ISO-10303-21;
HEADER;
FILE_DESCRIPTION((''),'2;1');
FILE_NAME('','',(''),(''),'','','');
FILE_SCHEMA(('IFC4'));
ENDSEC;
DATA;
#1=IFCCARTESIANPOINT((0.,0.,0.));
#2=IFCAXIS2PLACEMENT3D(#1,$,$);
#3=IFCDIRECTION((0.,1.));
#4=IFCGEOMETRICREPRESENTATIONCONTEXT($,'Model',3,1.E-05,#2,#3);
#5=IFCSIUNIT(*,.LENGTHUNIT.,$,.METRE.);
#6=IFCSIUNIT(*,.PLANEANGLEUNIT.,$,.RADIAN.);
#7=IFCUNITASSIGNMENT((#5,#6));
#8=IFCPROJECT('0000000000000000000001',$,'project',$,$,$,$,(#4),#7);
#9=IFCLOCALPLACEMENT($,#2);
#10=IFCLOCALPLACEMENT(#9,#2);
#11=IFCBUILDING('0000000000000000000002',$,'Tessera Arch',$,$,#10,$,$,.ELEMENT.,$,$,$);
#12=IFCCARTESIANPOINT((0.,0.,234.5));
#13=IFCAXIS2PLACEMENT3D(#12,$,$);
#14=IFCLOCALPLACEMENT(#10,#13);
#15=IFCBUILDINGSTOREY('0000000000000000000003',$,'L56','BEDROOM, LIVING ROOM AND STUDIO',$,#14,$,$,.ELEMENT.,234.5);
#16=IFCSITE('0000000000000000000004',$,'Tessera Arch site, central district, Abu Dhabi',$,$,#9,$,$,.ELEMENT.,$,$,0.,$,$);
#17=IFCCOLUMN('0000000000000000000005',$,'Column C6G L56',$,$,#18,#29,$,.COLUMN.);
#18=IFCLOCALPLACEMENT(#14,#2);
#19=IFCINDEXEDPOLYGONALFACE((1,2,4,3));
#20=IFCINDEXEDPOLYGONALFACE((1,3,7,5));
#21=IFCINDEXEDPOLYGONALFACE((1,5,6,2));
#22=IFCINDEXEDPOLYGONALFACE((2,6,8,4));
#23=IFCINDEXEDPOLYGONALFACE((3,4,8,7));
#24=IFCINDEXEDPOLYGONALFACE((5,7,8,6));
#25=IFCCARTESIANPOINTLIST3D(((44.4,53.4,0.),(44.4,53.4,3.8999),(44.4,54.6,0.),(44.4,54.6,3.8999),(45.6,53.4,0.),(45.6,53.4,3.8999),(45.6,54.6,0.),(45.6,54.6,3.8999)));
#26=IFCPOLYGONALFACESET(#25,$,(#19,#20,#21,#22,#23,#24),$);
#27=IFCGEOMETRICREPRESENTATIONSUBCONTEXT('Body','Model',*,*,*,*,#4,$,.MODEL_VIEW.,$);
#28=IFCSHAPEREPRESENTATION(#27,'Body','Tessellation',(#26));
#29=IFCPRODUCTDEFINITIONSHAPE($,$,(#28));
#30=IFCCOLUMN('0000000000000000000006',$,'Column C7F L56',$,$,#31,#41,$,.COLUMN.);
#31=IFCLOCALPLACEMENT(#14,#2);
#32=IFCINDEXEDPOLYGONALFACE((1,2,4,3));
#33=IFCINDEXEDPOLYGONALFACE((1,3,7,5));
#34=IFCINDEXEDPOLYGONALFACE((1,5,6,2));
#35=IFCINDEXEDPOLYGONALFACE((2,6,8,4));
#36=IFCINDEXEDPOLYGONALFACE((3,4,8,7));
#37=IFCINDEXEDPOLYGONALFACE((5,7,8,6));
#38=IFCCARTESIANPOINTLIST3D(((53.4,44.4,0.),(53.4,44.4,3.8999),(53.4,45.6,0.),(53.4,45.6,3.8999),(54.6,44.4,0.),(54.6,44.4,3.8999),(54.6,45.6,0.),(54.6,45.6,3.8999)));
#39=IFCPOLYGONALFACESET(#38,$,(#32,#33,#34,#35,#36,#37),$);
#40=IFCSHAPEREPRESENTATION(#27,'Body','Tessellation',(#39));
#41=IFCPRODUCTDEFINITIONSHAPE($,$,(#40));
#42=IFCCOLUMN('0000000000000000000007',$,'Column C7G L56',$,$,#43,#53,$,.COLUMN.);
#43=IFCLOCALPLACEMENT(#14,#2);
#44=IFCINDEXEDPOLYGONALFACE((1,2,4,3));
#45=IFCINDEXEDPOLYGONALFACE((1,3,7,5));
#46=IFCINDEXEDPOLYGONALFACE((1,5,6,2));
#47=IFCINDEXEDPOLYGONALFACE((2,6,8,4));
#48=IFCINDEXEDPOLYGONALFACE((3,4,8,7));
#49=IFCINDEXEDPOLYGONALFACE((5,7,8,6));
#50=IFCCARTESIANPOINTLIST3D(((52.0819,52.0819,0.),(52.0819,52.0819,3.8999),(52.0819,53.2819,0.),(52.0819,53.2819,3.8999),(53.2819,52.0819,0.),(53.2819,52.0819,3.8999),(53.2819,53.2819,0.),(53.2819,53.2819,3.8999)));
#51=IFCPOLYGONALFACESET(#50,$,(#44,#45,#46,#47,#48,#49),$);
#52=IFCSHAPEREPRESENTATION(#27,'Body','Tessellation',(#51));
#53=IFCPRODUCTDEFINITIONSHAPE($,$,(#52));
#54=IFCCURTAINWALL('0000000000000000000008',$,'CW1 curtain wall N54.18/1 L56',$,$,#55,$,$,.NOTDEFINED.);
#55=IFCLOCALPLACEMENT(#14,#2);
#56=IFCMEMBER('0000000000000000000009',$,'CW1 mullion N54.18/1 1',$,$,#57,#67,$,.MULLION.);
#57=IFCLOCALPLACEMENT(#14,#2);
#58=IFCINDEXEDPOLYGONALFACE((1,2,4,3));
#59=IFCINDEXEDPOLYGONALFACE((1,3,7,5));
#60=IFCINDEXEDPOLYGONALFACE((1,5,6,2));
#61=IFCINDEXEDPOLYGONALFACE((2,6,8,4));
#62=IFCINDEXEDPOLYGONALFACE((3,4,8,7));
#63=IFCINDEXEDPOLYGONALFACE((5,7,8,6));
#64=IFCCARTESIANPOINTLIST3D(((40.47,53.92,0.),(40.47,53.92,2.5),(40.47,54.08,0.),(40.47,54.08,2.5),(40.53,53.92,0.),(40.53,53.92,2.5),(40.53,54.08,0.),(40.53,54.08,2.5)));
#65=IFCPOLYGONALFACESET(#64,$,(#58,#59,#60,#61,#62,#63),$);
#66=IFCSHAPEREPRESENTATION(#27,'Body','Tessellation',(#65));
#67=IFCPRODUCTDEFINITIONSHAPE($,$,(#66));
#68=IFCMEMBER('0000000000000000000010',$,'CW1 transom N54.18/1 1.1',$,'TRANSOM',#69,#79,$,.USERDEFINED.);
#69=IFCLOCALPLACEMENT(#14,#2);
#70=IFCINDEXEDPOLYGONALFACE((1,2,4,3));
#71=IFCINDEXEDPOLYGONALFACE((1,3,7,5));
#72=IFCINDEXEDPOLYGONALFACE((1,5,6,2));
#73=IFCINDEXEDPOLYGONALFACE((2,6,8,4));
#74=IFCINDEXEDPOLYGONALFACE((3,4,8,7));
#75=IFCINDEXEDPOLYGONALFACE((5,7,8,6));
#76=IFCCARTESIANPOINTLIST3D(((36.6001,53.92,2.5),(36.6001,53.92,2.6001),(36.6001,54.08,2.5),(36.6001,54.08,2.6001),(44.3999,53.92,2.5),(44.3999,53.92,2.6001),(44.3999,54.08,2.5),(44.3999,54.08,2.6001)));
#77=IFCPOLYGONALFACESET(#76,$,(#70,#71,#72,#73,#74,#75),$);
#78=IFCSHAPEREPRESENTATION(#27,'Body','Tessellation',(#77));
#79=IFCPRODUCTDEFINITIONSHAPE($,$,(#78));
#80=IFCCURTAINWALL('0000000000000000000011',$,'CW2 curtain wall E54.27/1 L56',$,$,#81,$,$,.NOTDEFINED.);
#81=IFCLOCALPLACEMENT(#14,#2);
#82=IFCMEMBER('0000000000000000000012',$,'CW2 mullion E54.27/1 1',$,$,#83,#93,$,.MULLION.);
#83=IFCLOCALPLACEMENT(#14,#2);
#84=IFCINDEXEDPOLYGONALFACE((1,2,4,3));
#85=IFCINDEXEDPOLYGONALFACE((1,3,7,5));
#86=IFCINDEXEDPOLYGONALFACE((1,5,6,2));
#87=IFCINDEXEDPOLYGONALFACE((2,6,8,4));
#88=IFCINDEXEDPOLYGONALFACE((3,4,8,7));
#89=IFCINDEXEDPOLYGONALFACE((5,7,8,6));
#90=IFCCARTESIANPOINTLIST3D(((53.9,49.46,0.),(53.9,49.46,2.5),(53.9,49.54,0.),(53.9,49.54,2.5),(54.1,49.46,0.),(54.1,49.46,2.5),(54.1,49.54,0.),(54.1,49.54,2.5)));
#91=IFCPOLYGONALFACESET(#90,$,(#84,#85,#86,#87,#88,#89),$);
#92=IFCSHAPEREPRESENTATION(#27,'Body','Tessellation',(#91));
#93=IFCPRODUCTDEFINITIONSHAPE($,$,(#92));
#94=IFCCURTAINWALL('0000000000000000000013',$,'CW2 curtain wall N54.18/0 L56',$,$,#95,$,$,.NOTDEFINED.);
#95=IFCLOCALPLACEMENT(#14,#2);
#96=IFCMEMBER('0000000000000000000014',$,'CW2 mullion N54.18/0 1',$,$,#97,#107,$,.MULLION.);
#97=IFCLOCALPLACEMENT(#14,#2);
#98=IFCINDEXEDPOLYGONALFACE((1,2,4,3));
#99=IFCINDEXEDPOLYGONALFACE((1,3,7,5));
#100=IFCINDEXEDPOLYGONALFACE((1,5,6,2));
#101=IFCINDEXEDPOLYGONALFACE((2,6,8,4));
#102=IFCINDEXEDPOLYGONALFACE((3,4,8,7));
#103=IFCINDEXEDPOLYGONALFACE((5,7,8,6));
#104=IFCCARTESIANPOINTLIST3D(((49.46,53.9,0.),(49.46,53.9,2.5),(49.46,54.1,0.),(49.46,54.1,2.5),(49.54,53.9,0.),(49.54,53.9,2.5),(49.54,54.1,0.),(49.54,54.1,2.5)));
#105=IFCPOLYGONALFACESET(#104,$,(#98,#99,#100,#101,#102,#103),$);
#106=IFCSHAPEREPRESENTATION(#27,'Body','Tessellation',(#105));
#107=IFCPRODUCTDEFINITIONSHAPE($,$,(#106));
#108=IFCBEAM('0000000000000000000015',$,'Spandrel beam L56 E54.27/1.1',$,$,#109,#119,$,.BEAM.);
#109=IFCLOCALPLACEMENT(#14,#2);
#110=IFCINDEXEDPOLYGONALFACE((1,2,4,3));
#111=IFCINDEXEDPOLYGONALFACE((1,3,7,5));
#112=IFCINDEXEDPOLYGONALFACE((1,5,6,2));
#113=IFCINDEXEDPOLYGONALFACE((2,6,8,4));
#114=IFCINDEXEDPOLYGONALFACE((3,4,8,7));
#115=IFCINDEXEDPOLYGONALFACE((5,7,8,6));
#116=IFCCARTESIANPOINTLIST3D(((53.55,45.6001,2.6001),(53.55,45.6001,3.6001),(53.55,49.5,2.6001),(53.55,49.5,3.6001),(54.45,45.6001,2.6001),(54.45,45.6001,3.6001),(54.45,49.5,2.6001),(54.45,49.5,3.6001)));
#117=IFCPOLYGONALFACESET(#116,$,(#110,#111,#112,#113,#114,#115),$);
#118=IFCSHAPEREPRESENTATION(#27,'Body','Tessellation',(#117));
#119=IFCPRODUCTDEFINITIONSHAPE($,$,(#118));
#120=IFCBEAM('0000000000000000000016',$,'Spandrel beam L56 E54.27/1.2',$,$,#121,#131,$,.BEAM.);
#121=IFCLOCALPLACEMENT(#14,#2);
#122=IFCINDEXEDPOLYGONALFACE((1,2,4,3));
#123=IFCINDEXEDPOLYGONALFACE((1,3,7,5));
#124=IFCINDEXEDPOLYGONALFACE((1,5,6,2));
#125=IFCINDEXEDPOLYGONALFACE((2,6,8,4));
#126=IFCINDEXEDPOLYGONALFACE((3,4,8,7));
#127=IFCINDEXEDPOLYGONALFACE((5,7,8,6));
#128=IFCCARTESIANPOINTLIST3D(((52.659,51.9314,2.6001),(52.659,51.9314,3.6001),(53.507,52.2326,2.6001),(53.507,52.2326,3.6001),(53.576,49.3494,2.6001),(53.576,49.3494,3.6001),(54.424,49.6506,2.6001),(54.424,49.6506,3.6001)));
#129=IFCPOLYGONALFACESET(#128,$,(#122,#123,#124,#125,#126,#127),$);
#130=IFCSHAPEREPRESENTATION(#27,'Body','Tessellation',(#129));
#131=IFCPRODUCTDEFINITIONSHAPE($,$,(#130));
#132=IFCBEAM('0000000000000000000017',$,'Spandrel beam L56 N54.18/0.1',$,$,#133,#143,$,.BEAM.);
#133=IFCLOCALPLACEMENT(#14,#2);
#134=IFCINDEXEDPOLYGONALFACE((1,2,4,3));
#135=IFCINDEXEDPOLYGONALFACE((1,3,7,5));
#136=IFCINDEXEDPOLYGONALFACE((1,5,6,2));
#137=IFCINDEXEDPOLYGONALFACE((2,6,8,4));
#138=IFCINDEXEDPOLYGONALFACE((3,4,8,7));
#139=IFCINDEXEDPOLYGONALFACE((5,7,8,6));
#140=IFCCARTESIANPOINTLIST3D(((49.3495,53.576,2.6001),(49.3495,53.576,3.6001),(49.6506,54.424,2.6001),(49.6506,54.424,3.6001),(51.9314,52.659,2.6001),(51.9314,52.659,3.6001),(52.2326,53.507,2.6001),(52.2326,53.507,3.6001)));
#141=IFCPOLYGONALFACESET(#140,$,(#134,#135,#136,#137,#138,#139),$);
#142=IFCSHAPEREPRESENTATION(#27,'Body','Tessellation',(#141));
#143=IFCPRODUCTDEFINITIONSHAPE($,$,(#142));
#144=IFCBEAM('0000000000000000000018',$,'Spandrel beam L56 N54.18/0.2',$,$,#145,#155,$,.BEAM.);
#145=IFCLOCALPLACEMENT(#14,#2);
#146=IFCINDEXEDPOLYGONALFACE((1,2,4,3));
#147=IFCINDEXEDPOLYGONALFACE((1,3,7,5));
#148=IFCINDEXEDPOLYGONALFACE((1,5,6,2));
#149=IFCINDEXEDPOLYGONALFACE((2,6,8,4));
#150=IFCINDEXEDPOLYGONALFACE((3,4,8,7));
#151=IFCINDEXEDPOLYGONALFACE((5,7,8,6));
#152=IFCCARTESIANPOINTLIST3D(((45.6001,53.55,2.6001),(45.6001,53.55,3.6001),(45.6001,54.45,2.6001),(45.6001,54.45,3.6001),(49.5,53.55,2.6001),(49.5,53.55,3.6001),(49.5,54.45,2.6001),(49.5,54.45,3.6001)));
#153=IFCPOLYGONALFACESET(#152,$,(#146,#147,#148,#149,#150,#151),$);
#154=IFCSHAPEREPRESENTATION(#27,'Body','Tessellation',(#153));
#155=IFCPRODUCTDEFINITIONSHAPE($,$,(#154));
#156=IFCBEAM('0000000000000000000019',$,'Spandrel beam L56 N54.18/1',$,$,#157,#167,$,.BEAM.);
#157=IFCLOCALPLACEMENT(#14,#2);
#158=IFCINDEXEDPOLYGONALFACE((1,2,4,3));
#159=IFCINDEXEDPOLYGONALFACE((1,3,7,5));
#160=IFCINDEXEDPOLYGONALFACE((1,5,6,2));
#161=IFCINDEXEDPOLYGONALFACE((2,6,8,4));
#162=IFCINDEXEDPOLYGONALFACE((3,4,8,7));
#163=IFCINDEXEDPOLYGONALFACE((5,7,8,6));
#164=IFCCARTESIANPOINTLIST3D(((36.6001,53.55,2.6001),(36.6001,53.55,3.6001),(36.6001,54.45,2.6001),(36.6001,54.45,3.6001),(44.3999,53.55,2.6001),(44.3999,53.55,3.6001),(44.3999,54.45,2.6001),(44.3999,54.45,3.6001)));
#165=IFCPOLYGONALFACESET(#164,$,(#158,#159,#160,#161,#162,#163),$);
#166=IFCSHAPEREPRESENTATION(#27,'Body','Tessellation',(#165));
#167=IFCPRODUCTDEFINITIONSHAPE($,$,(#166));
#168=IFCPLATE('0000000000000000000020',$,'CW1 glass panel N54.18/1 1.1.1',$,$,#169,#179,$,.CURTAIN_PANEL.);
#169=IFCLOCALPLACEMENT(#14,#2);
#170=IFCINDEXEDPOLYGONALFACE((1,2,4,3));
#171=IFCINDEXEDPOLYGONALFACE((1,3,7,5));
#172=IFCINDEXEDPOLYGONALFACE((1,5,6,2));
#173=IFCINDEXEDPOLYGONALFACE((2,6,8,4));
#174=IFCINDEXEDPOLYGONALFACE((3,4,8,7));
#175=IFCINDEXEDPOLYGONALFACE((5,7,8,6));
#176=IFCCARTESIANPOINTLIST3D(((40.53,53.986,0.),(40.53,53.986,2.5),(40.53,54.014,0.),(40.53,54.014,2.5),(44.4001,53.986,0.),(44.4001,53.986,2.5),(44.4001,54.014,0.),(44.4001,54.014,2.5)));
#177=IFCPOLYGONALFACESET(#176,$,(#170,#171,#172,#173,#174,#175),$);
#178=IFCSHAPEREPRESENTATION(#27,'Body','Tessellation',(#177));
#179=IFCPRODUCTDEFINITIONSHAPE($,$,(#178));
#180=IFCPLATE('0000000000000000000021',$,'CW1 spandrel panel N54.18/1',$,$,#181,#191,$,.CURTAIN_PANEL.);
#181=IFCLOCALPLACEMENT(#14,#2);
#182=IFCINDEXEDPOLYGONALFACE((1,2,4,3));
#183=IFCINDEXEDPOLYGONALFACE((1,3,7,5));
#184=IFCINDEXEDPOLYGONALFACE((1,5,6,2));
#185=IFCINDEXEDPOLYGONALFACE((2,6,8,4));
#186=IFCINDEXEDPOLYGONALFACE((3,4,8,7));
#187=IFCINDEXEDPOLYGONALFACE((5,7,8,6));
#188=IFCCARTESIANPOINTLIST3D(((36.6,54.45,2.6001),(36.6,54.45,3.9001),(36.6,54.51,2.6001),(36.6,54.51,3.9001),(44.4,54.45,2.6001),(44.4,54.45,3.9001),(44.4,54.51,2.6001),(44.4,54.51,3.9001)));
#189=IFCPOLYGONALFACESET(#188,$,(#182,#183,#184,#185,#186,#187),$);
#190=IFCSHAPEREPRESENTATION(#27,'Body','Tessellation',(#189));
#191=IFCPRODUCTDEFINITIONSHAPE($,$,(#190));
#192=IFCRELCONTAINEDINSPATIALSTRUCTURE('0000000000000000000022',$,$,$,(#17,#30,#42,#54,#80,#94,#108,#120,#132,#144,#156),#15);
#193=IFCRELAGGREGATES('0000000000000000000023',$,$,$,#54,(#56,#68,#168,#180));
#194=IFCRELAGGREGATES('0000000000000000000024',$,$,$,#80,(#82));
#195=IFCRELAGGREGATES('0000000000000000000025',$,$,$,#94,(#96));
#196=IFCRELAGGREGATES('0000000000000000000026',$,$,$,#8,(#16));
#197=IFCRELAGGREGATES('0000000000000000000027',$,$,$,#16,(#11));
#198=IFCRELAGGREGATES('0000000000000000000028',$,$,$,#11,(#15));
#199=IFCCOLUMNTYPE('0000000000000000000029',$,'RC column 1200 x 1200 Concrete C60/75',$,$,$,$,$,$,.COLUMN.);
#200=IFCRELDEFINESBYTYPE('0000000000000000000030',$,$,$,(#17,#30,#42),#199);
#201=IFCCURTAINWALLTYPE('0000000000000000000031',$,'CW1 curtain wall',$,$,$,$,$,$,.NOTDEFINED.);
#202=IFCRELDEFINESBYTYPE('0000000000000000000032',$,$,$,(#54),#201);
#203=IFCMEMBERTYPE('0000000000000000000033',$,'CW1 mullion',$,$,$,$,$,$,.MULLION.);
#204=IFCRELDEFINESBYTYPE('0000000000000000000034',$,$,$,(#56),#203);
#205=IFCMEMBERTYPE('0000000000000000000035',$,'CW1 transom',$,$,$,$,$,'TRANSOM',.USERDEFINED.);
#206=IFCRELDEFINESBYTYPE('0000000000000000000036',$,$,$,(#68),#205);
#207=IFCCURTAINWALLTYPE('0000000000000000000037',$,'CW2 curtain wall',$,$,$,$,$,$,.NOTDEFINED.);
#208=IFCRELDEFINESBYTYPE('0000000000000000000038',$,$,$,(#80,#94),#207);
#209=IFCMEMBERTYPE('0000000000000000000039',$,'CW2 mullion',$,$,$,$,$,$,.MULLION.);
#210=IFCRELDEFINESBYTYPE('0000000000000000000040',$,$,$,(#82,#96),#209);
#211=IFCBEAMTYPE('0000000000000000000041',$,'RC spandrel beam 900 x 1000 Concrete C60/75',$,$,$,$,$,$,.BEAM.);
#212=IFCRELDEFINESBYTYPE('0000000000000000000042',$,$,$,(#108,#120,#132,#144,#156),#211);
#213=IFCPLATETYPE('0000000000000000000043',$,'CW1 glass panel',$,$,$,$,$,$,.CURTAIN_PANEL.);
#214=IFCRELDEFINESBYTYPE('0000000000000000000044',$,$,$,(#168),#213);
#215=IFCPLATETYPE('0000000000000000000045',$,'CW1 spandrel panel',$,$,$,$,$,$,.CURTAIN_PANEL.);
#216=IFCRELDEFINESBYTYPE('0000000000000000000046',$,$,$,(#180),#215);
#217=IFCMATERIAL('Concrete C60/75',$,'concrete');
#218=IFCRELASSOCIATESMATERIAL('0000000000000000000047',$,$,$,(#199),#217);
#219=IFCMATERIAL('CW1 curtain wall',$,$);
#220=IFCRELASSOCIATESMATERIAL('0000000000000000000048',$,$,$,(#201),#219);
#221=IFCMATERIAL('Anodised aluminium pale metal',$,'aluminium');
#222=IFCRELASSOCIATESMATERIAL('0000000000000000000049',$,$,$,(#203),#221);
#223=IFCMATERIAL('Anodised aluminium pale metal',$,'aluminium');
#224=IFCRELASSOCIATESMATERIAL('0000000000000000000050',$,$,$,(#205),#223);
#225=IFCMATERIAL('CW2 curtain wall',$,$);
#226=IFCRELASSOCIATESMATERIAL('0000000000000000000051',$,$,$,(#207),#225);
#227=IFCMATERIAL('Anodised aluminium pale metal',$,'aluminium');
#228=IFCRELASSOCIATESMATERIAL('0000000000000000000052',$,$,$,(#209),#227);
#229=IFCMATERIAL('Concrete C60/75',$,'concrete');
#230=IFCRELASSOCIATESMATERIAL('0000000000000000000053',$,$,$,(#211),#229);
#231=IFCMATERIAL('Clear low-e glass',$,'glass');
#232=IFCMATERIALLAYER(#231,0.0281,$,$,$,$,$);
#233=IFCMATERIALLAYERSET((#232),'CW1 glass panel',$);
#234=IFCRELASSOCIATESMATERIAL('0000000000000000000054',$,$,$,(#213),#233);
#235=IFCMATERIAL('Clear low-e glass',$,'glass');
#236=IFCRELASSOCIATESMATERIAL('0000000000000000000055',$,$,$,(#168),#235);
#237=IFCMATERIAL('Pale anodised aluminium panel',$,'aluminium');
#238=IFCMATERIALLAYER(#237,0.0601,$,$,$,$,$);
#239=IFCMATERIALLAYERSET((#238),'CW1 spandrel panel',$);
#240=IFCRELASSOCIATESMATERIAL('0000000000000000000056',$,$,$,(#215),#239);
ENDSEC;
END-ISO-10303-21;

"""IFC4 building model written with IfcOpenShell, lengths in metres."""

from ifc_helpers import new_model, si_unit, direction, frame, origin, origin_2d, place, context, subcontext, project, spatial, rectangle, extrude, material, layer, layer_set, material_profile, profile_set, type_object, element, aggregate, save


model = new_model("IFC4")

# Units and contexts
model_context = context("Model", 3, precision=1e-05, world=origin(), true_north=direction((0.0, 1.0)))
body_context = subcontext(model_context, "Body", "Model", "MODEL_VIEW")
ifc_project = project(units=[si_unit("LENGTHUNIT", "METRE"), si_unit("PLANEANGLEUNIT", "RADIAN")], contexts=[model_context])

# Site, building, storey
site_placement = place(None, origin())
site = spatial("IfcSite", under=ifc_project, at=site_placement, Name="Tessera Arch site, central district, Abu Dhabi", CompositionType="ELEMENT", RefElevation=0.0)
building_placement = place(site_placement, origin())
building = spatial("IfcBuilding", under=site, at=building_placement, Name="Tessera Arch", CompositionType="ELEMENT")
storey_placement = place(building_placement, frame((0.0, 0.0, 234.5)))
storey = spatial("IfcBuildingStorey", under=building, at=storey_placement, Name="L56", Description="BEDROOM, LIVING ROOM AND STUDIO", CompositionType="ELEMENT", Elevation=234.5)

# Columns
ifc_material_1 = material(Name="Concrete C60/75", Category="concrete")
ifc_material_profile_1 = material_profile(ifc_material_1, rectangle(XDim=1.2, YDim=1.2, at=origin_2d()), Name="RC column 1200 x 1200 Concrete C60/75")
ifc_profile_set_1 = profile_set([ifc_material_profile_1], Name="Concrete C60/75")
column_type = type_object("IfcColumnType", Name="RC column 1200 x 1200 Concrete C60/75", PredefinedType="COLUMN", material=ifc_profile_set_1)
for number, where, z_axis, x_axis, name in (
    (1, (45.0, 54.0, 0.0), (0.0, 0.0, 1.0), (1.0, 0.0, 0.0), "Column C6G L56"),
    (2, (54.0, 45.0, 0.0), (0.0, 0.0, 1.0), (1.0, 0.0, 0.0), "Column C7F L56"),
    (3, (52.6819, 52.6819, 0.0), (0.0, 0.0, 1.0), (1.0, 0.0, 0.0), "Column C7G L56"),
):
    element("IfcColumn", number, at=place(storey_placement, frame(where, z_axis=z_axis, x_axis=x_axis)), inside=storey, type_object=column_type, Name=name, PredefinedType="COLUMN", context=body_context, shape_type="SweptSolid", body=[
        extrude(rectangle(XDim=1.2, YDim=1.2, at=origin_2d()), origin(), (0.0, 0.0, 1.0), 3.8999),
    ])

# Curtain wall, members
ifc_material_2 = material(Name="CW1 curtain wall")
curtain_wall_type_1 = type_object("IfcCurtainWallType", Name="CW1 curtain wall", PredefinedType="NOTDEFINED", material=ifc_material_2)
curtain_wall_1_placement = place(storey_placement, origin())
curtain_wall_1 = element("IfcCurtainWall", 4, at=curtain_wall_1_placement, inside=storey, type_object=curtain_wall_type_1, Name="CW1 curtain wall N54.18/1 L56", PredefinedType="NOTDEFINED")
ifc_material_3 = material(Name="Anodised aluminium pale metal", Category="aluminium")
ifc_material_profile_2 = material_profile(ifc_material_3, rectangle(XDim=0.1599, YDim=0.0601, at=origin_2d()), Name="AL 60x160")
ifc_profile_set_2 = profile_set([ifc_material_profile_2], Name="Anodised aluminium pale metal")
member_type_1 = type_object("IfcMemberType", Name="CW1 mullion", PredefinedType="MULLION", material=ifc_profile_set_2)
member_1_placement = place(storey_placement, frame((40.5, 54.0, 0.0), z_axis=(0.0, 0.0, 1.0), x_axis=(0.0, -1.0, 0.0)))
member_1 = element("IfcMember", 5, at=member_1_placement, type_object=member_type_1, Name="CW1 mullion N54.18/1 1", PredefinedType="MULLION", context=body_context, shape_type="SweptSolid", body=[
    extrude(rectangle(XDim=0.1599, YDim=0.0601, at=origin_2d()), origin(), (0.0, 0.0, 1.0), 2.5),
])
ifc_material_4 = material(Name="Anodised aluminium pale metal", Category="aluminium")
ifc_material_profile_3 = material_profile(ifc_material_4, rectangle(XDim=0.1599, YDim=0.1001, at=origin_2d()), Name="AL 160x100")
ifc_profile_set_3 = profile_set([ifc_material_profile_3], Name="Anodised aluminium pale metal")
member_type_2 = type_object("IfcMemberType", Name="CW1 transom", ElementType="TRANSOM", PredefinedType="USERDEFINED", material=ifc_profile_set_3)
member_2_placement = place(storey_placement, frame((44.3999, 54.0, 2.55), z_axis=(-1.0, 0.0, 0.0), x_axis=(0.0, -1.0, 0.0)))
member_2 = element("IfcMember", 6, at=member_2_placement, type_object=member_type_2, Name="CW1 transom N54.18/1 1.1", ObjectType="TRANSOM", PredefinedType="USERDEFINED", context=body_context, shape_type="SweptSolid", body=[
    extrude(rectangle(XDim=0.1599, YDim=0.1001, at=origin_2d()), origin(), (0.0, 0.0, 1.0), 7.7998),
])

# Curtain walls, members
ifc_material_5 = material(Name="CW2 curtain wall")
curtain_wall_type_2 = type_object("IfcCurtainWallType", Name="CW2 curtain wall", PredefinedType="NOTDEFINED", material=ifc_material_5)
curtain_wall_2_placement = place(storey_placement, origin())
curtain_wall_2 = element("IfcCurtainWall", 7, at=curtain_wall_2_placement, inside=storey, type_object=curtain_wall_type_2, Name="CW2 curtain wall E54.27/1 L56", PredefinedType="NOTDEFINED")
ifc_material_6 = material(Name="Anodised aluminium pale metal", Category="aluminium")
ifc_material_profile_4 = material_profile(ifc_material_6, rectangle(XDim=0.2, YDim=0.0801, at=origin_2d()), Name="AL 80x200")
ifc_profile_set_4 = profile_set([ifc_material_profile_4], Name="Anodised aluminium pale metal")
member_type_3 = type_object("IfcMemberType", Name="CW2 mullion", PredefinedType="MULLION", material=ifc_profile_set_4)
member_3_placement = place(storey_placement, frame((54.0, 49.5, 0.0), z_axis=(0.0, 0.0, 1.0), x_axis=(-1.0, 0.0, 0.0)))
member_3 = element("IfcMember", 8, at=member_3_placement, type_object=member_type_3, Name="CW2 mullion E54.27/1 1", PredefinedType="MULLION", context=body_context, shape_type="SweptSolid", body=[
    extrude(rectangle(XDim=0.2, YDim=0.0801, at=origin_2d()), origin(), (0.0, 0.0, 1.0), 2.5),
])
curtain_wall_3_placement = place(storey_placement, origin())
curtain_wall_3 = element("IfcCurtainWall", 9, at=curtain_wall_3_placement, inside=storey, type_object=curtain_wall_type_2, Name="CW2 curtain wall N54.18/0 L56", PredefinedType="NOTDEFINED")
member_4_placement = place(storey_placement, frame((49.5, 54.0, 0.0), z_axis=(0.0, 0.0, 1.0), x_axis=(0.0, -1.0, 0.0)))
member_4 = element("IfcMember", 10, at=member_4_placement, type_object=member_type_3, Name="CW2 mullion N54.18/0 1", PredefinedType="MULLION", context=body_context, shape_type="SweptSolid", body=[
    extrude(rectangle(XDim=0.2, YDim=0.0801, at=origin_2d()), origin(), (0.0, 0.0, 1.0), 2.5),
])

# Beams
ifc_material_7 = material(Name="Concrete C60/75", Category="concrete")
ifc_material_profile_5 = material_profile(ifc_material_7, rectangle(XDim=0.8999, YDim=1.0, at=origin_2d()), Name="RC spandrel beam 900 x 1000 Concrete C60/75")
ifc_profile_set_5 = profile_set([ifc_material_profile_5], Name="Concrete C60/75")
beam_type = type_object("IfcBeamType", Name="RC spandrel beam 900 x 1000 Concrete C60/75", PredefinedType="BEAM", material=ifc_profile_set_5)
beam_1_placement = place(storey_placement, frame((54.0, 45.6001, 3.1001), z_axis=(0.0, 1.0, 0.0), x_axis=(-1.0, 0.0, 0.0)))
element("IfcBeam", 11, at=beam_1_placement, inside=storey, type_object=beam_type, Name="Spandrel beam L56 E54.27/1.1", PredefinedType="BEAM", context=body_context, shape_type="SweptSolid", body=[
    extrude(rectangle(XDim=0.8999, YDim=1.0, at=origin_2d()), origin(), (0.0, 0.0, 1.0), 3.8999),
])
for number, where, z_axis, x_axis, name in (
    (12, (54.0, 49.5, 3.1001), (-0.334665, 0.942337, 0.0), (-0.942337, -0.334665, 0.0), "Spandrel beam L56 E54.27/1.2"),
    (13, (52.082, 53.083, 3.1001), (-0.942337, 0.334665, 0.0), (-0.334665, -0.942337, 0.0), "Spandrel beam L56 N54.18/0.1"),
):
    element("IfcBeam", number, at=place(storey_placement, frame(where, z_axis=z_axis, x_axis=x_axis)), inside=storey, type_object=beam_type, Name=name, PredefinedType="BEAM", context=body_context, shape_type="SweptSolid", body=[
        extrude(rectangle(XDim=0.8999, YDim=1.0, at=origin_2d()), origin(), (0.0, 0.0, 1.0), 2.74),
    ])
beam_2_placement = place(storey_placement, frame((49.5, 54.0, 3.1001), z_axis=(-1.0, 0.0, 0.0), x_axis=(0.0, -1.0, 0.0)))
element("IfcBeam", 14, at=beam_2_placement, inside=storey, type_object=beam_type, Name="Spandrel beam L56 N54.18/0.2", PredefinedType="BEAM", context=body_context, shape_type="SweptSolid", body=[
    extrude(rectangle(XDim=0.8999, YDim=1.0, at=origin_2d()), origin(), (0.0, 0.0, 1.0), 3.8999),
])
beam_3_placement = place(storey_placement, frame((44.3999, 54.0, 3.1001), z_axis=(-1.0, 0.0, 0.0), x_axis=(0.0, -1.0, 0.0)))
element("IfcBeam", 15, at=beam_3_placement, inside=storey, type_object=beam_type, Name="Spandrel beam L56 N54.18/1", PredefinedType="BEAM", context=body_context, shape_type="SweptSolid", body=[
    extrude(rectangle(XDim=0.8999, YDim=1.0, at=origin_2d()), origin(), (0.0, 0.0, 1.0), 7.7998),
])

# Plates
ifc_material_8 = material(Name="Clear low-e glass", Category="glass")
ifc_material_9 = material(Name="Clear low-e glass", Category="glass")
ifc_layer_1 = layer(ifc_material_9, 0.0281)
ifc_layer_set_1 = layer_set([ifc_layer_1], Name="CW1 glass panel")
plate_type_1 = type_object("IfcPlateType", Name="CW1 glass panel", PredefinedType="CURTAIN_PANEL", material=ifc_layer_set_1)
plate_1_placement = place(storey_placement, frame((42.4651, 54.0, 0.0), z_axis=(0.0, 0.0, 1.0), x_axis=(-1.0, 0.0, 0.0)))
plate_1 = element("IfcPlate", 16, at=plate_1_placement, type_object=plate_type_1, material=ifc_material_8, Name="CW1 glass panel N54.18/1 1.1.1", PredefinedType="CURTAIN_PANEL", context=body_context, shape_type="SweptSolid", body=[
    extrude(rectangle(XDim=3.8701, YDim=0.0281, at=origin_2d()), origin(), (0.0, 0.0, 1.0), 2.5),
])
ifc_material_10 = material(Name="Pale anodised aluminium panel", Category="aluminium")
ifc_layer_2 = layer(ifc_material_10, 0.0601)
ifc_layer_set_2 = layer_set([ifc_layer_2], Name="CW1 spandrel panel")
plate_type_2 = type_object("IfcPlateType", Name="CW1 spandrel panel", PredefinedType="CURTAIN_PANEL", material=ifc_layer_set_2)
plate_2_placement = place(storey_placement, frame((40.5, 54.48, 2.6001), z_axis=(0.0, 0.0, 1.0), x_axis=(-1.0, 0.0, 0.0)))
plate_2 = element("IfcPlate", 17, at=plate_2_placement, type_object=plate_type_2, Name="CW1 spandrel panel N54.18/1", PredefinedType="CURTAIN_PANEL", context=body_context, shape_type="SweptSolid", body=[
    extrude(rectangle(XDim=7.8, YDim=0.0601, at=origin_2d()), origin(), (0.0, 0.0, 1.0), 1.3),
])
aggregate(curtain_wall_1, [member_1, member_2, plate_1, plate_2])
aggregate(curtain_wall_2, [member_3])
aggregate(curtain_wall_3, [member_4])

save(model, "model.ifc")
